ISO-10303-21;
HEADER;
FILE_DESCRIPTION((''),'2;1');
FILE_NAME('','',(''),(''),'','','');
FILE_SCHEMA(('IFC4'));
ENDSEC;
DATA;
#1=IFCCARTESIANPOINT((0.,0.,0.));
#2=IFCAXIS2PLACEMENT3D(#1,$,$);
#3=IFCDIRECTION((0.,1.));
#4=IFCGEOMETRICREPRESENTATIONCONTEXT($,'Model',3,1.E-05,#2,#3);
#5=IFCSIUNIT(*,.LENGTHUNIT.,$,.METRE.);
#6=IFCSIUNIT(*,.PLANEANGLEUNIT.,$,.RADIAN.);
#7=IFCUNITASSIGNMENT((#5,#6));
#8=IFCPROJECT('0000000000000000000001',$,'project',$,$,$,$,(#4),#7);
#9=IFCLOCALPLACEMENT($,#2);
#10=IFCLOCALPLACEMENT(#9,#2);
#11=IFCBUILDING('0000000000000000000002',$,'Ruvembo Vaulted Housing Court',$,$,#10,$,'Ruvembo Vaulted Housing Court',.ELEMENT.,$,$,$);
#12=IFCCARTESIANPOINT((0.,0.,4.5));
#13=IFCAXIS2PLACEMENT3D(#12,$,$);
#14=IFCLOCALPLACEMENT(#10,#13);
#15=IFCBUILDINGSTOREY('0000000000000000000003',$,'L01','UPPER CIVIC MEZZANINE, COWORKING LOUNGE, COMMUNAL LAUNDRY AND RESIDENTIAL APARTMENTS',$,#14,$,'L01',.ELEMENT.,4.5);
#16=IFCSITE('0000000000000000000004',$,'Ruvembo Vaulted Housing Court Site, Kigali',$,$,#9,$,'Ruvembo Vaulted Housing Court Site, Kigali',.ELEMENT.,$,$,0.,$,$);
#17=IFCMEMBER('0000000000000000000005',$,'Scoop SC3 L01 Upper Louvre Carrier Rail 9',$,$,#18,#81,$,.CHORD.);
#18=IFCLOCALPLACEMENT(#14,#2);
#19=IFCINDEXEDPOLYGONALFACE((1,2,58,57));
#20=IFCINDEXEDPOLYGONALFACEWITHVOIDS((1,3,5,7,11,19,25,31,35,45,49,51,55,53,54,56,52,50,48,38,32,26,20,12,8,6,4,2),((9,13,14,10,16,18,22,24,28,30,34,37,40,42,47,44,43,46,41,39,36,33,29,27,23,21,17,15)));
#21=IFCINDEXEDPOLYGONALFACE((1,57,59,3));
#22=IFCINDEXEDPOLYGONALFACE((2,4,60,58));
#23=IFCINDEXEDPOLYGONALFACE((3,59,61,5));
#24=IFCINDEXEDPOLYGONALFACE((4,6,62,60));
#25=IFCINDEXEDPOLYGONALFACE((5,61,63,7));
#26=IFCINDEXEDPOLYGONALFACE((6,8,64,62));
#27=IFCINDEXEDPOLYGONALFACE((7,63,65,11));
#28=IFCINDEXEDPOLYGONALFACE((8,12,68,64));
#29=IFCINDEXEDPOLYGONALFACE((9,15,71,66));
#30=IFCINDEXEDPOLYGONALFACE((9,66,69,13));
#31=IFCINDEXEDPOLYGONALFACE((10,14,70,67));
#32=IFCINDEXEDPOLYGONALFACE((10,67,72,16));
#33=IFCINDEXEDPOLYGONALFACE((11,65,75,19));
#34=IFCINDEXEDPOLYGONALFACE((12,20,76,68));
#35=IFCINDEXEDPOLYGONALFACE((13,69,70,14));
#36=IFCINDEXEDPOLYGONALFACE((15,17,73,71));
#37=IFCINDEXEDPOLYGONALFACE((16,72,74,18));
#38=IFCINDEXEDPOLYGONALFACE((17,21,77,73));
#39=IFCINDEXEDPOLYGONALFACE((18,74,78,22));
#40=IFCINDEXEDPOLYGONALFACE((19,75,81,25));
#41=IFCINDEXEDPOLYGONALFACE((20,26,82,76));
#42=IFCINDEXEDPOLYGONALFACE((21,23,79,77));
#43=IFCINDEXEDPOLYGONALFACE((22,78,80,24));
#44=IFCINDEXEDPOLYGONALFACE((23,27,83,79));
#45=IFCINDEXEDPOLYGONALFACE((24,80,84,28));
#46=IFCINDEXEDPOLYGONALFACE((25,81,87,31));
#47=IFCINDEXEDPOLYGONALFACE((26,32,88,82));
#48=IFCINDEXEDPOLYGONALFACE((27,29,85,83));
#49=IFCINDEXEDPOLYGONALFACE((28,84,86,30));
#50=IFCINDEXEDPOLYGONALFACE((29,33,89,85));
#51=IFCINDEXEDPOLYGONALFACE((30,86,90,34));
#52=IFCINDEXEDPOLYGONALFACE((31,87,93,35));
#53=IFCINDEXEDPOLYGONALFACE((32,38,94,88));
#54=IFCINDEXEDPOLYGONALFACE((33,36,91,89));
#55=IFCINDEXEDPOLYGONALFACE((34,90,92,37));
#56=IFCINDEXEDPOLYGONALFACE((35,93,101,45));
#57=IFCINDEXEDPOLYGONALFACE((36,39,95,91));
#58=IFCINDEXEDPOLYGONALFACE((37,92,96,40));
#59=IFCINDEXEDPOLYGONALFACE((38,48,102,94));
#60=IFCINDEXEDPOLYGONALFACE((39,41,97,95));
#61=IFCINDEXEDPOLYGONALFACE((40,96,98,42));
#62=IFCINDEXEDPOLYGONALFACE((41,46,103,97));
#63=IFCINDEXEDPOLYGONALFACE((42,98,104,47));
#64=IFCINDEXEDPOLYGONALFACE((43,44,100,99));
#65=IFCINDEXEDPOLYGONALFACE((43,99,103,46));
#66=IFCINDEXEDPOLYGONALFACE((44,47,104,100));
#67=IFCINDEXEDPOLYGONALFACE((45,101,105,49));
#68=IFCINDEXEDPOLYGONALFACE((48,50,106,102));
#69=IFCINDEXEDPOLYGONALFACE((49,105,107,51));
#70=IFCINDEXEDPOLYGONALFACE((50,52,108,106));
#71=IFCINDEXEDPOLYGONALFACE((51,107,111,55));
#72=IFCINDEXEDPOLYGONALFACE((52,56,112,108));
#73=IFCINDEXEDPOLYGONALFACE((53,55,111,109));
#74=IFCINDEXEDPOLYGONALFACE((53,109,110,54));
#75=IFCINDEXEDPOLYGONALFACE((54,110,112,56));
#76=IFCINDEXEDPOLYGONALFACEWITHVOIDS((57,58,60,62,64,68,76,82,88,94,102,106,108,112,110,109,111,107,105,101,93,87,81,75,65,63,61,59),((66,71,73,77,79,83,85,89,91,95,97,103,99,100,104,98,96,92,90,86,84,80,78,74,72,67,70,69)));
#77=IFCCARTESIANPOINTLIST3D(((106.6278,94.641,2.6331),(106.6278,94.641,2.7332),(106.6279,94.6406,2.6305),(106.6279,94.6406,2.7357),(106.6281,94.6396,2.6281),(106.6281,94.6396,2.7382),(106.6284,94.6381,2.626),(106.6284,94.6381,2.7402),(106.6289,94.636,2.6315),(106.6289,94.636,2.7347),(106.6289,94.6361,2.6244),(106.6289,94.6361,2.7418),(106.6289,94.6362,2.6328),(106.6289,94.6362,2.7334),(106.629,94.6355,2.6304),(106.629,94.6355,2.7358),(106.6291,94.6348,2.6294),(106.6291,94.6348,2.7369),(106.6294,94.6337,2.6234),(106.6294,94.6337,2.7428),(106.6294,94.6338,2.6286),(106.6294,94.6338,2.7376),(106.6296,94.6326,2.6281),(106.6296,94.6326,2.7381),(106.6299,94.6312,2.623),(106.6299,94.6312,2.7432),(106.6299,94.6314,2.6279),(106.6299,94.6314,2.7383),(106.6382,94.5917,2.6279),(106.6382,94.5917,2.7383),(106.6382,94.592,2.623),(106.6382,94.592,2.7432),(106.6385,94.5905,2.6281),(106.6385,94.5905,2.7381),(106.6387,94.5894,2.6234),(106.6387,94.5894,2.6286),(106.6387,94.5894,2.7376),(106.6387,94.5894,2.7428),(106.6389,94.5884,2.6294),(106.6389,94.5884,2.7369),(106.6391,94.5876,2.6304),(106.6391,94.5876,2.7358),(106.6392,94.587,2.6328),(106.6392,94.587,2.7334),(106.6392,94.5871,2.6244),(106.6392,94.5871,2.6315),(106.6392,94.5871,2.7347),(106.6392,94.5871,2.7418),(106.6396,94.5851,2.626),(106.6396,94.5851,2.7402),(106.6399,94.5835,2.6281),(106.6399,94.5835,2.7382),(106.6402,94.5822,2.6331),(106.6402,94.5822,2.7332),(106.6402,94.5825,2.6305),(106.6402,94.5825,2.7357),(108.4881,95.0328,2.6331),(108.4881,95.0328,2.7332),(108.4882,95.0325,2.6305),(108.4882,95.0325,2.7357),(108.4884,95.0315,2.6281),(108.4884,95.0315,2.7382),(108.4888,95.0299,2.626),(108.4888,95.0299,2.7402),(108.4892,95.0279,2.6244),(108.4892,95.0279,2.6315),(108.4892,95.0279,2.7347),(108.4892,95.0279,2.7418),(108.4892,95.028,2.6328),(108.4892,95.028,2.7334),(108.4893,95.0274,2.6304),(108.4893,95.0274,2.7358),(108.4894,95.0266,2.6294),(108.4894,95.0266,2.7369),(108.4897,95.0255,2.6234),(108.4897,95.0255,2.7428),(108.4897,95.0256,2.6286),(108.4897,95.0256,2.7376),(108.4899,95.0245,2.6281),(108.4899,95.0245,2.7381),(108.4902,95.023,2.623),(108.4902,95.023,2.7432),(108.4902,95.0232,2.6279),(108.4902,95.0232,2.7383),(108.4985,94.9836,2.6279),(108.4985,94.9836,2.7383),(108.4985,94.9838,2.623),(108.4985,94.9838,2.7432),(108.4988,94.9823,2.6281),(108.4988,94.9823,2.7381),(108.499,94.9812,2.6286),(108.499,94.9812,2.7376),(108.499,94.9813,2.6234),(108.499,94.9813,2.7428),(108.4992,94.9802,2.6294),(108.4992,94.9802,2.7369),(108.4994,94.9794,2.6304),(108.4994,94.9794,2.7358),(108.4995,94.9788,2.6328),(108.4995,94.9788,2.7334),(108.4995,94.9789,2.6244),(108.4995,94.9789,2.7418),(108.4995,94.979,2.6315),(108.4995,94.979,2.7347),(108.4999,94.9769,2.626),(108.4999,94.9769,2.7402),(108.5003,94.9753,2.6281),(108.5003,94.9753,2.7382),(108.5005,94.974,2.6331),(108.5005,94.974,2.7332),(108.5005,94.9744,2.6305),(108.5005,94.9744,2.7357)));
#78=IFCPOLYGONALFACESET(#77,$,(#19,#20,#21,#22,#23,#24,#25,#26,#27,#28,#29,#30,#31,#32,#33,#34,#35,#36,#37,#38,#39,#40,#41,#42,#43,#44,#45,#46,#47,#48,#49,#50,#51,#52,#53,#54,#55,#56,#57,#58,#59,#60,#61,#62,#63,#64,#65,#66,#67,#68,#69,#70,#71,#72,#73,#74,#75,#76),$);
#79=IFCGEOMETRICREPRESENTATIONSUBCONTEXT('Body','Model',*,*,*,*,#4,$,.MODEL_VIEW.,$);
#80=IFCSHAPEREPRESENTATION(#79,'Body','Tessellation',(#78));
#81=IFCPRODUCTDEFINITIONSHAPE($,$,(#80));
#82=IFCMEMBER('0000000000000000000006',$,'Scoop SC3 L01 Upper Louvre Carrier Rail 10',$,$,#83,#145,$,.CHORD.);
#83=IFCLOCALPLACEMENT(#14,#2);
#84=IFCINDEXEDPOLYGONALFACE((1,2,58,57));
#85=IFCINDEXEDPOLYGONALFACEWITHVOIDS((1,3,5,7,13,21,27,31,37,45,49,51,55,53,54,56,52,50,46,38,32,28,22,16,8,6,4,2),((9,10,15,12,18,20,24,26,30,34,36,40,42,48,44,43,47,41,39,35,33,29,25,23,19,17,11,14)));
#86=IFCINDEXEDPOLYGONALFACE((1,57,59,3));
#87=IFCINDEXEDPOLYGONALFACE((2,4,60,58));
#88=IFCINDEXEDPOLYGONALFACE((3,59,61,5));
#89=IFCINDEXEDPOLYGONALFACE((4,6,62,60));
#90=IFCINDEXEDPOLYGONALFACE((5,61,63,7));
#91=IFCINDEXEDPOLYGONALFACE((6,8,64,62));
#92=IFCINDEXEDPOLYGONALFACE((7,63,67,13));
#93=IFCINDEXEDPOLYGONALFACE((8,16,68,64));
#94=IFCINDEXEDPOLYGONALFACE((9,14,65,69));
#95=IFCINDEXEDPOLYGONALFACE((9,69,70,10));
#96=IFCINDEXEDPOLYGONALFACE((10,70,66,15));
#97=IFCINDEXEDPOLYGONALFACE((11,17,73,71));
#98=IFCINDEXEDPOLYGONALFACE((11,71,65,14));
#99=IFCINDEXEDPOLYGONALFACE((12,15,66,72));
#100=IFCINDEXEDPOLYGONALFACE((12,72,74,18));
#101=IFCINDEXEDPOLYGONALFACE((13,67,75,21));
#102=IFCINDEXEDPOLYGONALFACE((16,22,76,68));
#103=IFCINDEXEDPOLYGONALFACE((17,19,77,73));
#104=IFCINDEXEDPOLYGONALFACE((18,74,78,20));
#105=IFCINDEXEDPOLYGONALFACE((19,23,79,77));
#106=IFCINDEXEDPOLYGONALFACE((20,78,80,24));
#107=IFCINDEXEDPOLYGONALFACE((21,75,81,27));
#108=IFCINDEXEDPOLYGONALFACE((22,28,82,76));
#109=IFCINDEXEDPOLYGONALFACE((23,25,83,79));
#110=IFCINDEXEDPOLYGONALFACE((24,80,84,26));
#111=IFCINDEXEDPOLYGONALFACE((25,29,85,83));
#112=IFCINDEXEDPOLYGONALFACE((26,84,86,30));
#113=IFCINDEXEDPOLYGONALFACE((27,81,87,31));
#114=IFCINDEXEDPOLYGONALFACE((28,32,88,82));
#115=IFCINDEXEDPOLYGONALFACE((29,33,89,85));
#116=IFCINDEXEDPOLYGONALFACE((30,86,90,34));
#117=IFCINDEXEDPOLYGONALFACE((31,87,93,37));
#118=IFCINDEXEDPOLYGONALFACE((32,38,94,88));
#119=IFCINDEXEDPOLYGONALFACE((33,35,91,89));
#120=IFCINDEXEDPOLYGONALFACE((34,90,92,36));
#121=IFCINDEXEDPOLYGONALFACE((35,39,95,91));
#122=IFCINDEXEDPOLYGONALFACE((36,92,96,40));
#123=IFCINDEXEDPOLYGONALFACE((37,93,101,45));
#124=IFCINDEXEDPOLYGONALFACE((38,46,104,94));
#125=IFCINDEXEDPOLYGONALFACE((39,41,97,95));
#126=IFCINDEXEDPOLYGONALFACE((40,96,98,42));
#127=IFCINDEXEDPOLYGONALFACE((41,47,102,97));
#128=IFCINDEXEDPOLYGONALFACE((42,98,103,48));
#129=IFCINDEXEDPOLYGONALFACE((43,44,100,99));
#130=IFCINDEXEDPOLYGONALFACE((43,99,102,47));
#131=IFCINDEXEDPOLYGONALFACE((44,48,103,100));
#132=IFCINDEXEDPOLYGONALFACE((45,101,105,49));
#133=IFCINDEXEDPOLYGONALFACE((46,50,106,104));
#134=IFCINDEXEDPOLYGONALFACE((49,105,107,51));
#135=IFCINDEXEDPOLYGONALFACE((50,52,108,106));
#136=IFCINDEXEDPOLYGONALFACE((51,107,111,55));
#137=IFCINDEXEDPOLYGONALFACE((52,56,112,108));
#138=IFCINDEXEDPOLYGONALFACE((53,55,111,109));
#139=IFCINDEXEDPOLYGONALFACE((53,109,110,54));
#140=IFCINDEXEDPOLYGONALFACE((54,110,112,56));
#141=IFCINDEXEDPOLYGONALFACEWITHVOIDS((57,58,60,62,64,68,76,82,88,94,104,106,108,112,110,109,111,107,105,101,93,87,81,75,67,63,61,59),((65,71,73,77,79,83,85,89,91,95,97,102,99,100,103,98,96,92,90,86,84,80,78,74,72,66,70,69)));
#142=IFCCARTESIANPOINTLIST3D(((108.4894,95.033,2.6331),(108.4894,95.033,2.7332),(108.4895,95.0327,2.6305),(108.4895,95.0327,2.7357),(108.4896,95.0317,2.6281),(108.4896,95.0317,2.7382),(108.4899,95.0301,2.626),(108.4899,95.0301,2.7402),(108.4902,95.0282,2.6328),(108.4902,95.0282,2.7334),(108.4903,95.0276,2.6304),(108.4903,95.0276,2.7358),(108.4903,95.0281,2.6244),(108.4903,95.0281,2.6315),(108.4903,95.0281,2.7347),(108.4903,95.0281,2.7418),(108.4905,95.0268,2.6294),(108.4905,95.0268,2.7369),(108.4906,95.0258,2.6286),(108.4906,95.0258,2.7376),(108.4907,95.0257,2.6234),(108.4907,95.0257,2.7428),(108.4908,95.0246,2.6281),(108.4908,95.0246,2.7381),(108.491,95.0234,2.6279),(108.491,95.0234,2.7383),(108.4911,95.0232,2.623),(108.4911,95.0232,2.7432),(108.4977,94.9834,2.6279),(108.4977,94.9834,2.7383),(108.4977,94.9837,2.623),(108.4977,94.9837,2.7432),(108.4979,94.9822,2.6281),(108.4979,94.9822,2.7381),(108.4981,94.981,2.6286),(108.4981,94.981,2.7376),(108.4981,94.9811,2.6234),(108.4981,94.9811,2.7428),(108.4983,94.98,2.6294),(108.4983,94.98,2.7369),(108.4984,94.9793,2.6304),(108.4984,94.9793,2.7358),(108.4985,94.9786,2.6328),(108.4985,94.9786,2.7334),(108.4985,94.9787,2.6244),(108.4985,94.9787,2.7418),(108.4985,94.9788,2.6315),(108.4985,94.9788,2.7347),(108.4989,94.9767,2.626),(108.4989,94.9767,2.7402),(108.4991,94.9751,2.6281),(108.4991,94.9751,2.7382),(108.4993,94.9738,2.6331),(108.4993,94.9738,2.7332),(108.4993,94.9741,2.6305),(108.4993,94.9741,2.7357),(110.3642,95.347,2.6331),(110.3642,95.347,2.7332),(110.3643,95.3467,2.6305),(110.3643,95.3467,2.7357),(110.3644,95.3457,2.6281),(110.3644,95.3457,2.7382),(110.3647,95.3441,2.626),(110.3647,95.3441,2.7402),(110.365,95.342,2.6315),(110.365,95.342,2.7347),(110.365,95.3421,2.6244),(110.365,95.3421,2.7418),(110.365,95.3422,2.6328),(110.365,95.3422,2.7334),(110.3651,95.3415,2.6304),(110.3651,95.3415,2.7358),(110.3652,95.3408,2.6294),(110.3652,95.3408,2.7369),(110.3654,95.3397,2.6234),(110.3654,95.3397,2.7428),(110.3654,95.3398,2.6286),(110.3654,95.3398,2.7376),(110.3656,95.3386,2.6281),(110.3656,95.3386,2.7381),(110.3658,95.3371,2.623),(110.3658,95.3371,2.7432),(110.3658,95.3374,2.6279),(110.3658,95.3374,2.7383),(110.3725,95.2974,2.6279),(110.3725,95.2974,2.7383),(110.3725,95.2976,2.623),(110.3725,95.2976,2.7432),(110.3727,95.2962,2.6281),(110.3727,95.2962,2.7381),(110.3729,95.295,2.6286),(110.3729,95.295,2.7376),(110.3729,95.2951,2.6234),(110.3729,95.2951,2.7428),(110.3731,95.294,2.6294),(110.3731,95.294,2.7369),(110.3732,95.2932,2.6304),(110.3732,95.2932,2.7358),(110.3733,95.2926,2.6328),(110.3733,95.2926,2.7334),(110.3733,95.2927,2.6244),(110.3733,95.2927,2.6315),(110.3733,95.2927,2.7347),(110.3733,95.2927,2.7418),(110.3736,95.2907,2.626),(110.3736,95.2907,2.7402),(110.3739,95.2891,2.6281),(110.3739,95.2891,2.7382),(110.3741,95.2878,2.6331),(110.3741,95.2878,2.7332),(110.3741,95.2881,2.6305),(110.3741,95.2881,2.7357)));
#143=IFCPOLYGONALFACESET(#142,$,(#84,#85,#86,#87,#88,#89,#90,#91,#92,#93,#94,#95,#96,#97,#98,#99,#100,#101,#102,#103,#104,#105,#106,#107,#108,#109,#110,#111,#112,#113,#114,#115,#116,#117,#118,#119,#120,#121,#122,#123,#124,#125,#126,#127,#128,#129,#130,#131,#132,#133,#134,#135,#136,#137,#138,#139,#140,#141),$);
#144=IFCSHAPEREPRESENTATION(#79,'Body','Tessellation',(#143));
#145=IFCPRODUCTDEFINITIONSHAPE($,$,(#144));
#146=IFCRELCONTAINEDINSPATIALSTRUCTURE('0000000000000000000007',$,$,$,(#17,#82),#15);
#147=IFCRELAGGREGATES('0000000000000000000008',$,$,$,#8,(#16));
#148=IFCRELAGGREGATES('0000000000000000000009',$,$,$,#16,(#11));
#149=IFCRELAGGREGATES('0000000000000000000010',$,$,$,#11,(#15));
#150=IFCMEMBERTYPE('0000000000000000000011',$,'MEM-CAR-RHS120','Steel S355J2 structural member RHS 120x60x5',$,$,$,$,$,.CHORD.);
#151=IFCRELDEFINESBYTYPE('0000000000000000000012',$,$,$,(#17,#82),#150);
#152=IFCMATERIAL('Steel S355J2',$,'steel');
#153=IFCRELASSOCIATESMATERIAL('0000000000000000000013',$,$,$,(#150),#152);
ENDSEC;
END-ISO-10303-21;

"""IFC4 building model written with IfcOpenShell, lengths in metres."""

from ifc_helpers import new_model, si_unit, direction, frame, origin, origin_2d, place, context, subcontext, project, spatial, hollow_rectangle, extrude, material, material_profile, profile_set, type_object, element, save


model = new_model("IFC4")

# Units and contexts
model_context = context("Model", 3, precision=1e-05, world=origin(), true_north=direction((0.0, 1.0)))
body_context = subcontext(model_context, "Body", "Model", "MODEL_VIEW")
ifc_project = project(units=[si_unit("LENGTHUNIT", "METRE"), si_unit("PLANEANGLEUNIT", "RADIAN")], contexts=[model_context])

# Site, building, storey
site_placement = place(None, origin())
site = spatial("IfcSite", under=ifc_project, at=site_placement, Name="Ruvembo Vaulted Housing Court Site, Kigali", LongName="Ruvembo Vaulted Housing Court Site, Kigali", CompositionType="ELEMENT", RefElevation=0.0)
building_placement = place(site_placement, origin())
building = spatial("IfcBuilding", under=site, at=building_placement, Name="Ruvembo Vaulted Housing Court", LongName="Ruvembo Vaulted Housing Court", CompositionType="ELEMENT")
storey_placement = place(building_placement, frame((0.0, 0.0, 4.5)))
storey = spatial("IfcBuildingStorey", under=building, at=storey_placement, Name="L01", Description="UPPER CIVIC MEZZANINE, COWORKING LOUNGE, COMMUNAL LAUNDRY AND RESIDENTIAL APARTMENTS", LongName="L01", CompositionType="ELEMENT", Elevation=4.5)

# Shared definitions
ifc_material_1 = material(Name="Steel S355J2", Category="steel")

# Members
ifc_material_profile_1 = material_profile(ifc_material_1, hollow_rectangle(XDim=0.0601, YDim=0.1201, WallThickness=0.0049, InnerFilletRadius=0.0049, OuterFilletRadius=0.01, at=origin_2d()), Name="RHS 120x60x5")
ifc_profile_set_1 = profile_set([ifc_material_profile_1], Name="Steel S355J2")
member_type_1 = type_object("IfcMemberType", Name="MEM-CAR-RHS120", Description="Steel S355J2 structural member RHS 120x60x5", PredefinedType="CHORD", material=ifc_profile_set_1)
member_1_placement = place(storey_placement, frame((106.634, 94.6116, 2.6831), z_axis=(0.978529, 0.206108, 0.0), x_axis=(-0.206108, 0.978529, 0.0)))
element("IfcMember", 1, at=member_1_placement, inside=storey, type_object=member_type_1, Name="Scoop SC3 L01 Upper Louvre Carrier Rail 9", PredefinedType="CHORD", context=body_context, shape_type="SweptSolid", body=[
    extrude(hollow_rectangle(XDim=0.0601, YDim=0.1201, WallThickness=0.0049, InnerFilletRadius=0.0049, OuterFilletRadius=0.01, at=origin_2d()), origin(), (0.0, 0.0, 1.0), 1.9011),
])
member_2_placement = place(storey_placement, frame((108.4944, 95.0034, 2.6831), z_axis=(0.986265, 0.16517, 0.0), x_axis=(-0.16517, 0.986265, 0.0)))
element("IfcMember", 2, at=member_2_placement, inside=storey, type_object=member_type_1, Name="Scoop SC3 L01 Upper Louvre Carrier Rail 10", PredefinedType="CHORD", context=body_context, shape_type="SweptSolid", body=[
    extrude(hollow_rectangle(XDim=0.0601, YDim=0.1201, WallThickness=0.0049, InnerFilletRadius=0.0049, OuterFilletRadius=0.01, at=origin_2d()), origin(), (0.0, 0.0, 1.0), 1.9009),
])

save(model, "model.ifc")
